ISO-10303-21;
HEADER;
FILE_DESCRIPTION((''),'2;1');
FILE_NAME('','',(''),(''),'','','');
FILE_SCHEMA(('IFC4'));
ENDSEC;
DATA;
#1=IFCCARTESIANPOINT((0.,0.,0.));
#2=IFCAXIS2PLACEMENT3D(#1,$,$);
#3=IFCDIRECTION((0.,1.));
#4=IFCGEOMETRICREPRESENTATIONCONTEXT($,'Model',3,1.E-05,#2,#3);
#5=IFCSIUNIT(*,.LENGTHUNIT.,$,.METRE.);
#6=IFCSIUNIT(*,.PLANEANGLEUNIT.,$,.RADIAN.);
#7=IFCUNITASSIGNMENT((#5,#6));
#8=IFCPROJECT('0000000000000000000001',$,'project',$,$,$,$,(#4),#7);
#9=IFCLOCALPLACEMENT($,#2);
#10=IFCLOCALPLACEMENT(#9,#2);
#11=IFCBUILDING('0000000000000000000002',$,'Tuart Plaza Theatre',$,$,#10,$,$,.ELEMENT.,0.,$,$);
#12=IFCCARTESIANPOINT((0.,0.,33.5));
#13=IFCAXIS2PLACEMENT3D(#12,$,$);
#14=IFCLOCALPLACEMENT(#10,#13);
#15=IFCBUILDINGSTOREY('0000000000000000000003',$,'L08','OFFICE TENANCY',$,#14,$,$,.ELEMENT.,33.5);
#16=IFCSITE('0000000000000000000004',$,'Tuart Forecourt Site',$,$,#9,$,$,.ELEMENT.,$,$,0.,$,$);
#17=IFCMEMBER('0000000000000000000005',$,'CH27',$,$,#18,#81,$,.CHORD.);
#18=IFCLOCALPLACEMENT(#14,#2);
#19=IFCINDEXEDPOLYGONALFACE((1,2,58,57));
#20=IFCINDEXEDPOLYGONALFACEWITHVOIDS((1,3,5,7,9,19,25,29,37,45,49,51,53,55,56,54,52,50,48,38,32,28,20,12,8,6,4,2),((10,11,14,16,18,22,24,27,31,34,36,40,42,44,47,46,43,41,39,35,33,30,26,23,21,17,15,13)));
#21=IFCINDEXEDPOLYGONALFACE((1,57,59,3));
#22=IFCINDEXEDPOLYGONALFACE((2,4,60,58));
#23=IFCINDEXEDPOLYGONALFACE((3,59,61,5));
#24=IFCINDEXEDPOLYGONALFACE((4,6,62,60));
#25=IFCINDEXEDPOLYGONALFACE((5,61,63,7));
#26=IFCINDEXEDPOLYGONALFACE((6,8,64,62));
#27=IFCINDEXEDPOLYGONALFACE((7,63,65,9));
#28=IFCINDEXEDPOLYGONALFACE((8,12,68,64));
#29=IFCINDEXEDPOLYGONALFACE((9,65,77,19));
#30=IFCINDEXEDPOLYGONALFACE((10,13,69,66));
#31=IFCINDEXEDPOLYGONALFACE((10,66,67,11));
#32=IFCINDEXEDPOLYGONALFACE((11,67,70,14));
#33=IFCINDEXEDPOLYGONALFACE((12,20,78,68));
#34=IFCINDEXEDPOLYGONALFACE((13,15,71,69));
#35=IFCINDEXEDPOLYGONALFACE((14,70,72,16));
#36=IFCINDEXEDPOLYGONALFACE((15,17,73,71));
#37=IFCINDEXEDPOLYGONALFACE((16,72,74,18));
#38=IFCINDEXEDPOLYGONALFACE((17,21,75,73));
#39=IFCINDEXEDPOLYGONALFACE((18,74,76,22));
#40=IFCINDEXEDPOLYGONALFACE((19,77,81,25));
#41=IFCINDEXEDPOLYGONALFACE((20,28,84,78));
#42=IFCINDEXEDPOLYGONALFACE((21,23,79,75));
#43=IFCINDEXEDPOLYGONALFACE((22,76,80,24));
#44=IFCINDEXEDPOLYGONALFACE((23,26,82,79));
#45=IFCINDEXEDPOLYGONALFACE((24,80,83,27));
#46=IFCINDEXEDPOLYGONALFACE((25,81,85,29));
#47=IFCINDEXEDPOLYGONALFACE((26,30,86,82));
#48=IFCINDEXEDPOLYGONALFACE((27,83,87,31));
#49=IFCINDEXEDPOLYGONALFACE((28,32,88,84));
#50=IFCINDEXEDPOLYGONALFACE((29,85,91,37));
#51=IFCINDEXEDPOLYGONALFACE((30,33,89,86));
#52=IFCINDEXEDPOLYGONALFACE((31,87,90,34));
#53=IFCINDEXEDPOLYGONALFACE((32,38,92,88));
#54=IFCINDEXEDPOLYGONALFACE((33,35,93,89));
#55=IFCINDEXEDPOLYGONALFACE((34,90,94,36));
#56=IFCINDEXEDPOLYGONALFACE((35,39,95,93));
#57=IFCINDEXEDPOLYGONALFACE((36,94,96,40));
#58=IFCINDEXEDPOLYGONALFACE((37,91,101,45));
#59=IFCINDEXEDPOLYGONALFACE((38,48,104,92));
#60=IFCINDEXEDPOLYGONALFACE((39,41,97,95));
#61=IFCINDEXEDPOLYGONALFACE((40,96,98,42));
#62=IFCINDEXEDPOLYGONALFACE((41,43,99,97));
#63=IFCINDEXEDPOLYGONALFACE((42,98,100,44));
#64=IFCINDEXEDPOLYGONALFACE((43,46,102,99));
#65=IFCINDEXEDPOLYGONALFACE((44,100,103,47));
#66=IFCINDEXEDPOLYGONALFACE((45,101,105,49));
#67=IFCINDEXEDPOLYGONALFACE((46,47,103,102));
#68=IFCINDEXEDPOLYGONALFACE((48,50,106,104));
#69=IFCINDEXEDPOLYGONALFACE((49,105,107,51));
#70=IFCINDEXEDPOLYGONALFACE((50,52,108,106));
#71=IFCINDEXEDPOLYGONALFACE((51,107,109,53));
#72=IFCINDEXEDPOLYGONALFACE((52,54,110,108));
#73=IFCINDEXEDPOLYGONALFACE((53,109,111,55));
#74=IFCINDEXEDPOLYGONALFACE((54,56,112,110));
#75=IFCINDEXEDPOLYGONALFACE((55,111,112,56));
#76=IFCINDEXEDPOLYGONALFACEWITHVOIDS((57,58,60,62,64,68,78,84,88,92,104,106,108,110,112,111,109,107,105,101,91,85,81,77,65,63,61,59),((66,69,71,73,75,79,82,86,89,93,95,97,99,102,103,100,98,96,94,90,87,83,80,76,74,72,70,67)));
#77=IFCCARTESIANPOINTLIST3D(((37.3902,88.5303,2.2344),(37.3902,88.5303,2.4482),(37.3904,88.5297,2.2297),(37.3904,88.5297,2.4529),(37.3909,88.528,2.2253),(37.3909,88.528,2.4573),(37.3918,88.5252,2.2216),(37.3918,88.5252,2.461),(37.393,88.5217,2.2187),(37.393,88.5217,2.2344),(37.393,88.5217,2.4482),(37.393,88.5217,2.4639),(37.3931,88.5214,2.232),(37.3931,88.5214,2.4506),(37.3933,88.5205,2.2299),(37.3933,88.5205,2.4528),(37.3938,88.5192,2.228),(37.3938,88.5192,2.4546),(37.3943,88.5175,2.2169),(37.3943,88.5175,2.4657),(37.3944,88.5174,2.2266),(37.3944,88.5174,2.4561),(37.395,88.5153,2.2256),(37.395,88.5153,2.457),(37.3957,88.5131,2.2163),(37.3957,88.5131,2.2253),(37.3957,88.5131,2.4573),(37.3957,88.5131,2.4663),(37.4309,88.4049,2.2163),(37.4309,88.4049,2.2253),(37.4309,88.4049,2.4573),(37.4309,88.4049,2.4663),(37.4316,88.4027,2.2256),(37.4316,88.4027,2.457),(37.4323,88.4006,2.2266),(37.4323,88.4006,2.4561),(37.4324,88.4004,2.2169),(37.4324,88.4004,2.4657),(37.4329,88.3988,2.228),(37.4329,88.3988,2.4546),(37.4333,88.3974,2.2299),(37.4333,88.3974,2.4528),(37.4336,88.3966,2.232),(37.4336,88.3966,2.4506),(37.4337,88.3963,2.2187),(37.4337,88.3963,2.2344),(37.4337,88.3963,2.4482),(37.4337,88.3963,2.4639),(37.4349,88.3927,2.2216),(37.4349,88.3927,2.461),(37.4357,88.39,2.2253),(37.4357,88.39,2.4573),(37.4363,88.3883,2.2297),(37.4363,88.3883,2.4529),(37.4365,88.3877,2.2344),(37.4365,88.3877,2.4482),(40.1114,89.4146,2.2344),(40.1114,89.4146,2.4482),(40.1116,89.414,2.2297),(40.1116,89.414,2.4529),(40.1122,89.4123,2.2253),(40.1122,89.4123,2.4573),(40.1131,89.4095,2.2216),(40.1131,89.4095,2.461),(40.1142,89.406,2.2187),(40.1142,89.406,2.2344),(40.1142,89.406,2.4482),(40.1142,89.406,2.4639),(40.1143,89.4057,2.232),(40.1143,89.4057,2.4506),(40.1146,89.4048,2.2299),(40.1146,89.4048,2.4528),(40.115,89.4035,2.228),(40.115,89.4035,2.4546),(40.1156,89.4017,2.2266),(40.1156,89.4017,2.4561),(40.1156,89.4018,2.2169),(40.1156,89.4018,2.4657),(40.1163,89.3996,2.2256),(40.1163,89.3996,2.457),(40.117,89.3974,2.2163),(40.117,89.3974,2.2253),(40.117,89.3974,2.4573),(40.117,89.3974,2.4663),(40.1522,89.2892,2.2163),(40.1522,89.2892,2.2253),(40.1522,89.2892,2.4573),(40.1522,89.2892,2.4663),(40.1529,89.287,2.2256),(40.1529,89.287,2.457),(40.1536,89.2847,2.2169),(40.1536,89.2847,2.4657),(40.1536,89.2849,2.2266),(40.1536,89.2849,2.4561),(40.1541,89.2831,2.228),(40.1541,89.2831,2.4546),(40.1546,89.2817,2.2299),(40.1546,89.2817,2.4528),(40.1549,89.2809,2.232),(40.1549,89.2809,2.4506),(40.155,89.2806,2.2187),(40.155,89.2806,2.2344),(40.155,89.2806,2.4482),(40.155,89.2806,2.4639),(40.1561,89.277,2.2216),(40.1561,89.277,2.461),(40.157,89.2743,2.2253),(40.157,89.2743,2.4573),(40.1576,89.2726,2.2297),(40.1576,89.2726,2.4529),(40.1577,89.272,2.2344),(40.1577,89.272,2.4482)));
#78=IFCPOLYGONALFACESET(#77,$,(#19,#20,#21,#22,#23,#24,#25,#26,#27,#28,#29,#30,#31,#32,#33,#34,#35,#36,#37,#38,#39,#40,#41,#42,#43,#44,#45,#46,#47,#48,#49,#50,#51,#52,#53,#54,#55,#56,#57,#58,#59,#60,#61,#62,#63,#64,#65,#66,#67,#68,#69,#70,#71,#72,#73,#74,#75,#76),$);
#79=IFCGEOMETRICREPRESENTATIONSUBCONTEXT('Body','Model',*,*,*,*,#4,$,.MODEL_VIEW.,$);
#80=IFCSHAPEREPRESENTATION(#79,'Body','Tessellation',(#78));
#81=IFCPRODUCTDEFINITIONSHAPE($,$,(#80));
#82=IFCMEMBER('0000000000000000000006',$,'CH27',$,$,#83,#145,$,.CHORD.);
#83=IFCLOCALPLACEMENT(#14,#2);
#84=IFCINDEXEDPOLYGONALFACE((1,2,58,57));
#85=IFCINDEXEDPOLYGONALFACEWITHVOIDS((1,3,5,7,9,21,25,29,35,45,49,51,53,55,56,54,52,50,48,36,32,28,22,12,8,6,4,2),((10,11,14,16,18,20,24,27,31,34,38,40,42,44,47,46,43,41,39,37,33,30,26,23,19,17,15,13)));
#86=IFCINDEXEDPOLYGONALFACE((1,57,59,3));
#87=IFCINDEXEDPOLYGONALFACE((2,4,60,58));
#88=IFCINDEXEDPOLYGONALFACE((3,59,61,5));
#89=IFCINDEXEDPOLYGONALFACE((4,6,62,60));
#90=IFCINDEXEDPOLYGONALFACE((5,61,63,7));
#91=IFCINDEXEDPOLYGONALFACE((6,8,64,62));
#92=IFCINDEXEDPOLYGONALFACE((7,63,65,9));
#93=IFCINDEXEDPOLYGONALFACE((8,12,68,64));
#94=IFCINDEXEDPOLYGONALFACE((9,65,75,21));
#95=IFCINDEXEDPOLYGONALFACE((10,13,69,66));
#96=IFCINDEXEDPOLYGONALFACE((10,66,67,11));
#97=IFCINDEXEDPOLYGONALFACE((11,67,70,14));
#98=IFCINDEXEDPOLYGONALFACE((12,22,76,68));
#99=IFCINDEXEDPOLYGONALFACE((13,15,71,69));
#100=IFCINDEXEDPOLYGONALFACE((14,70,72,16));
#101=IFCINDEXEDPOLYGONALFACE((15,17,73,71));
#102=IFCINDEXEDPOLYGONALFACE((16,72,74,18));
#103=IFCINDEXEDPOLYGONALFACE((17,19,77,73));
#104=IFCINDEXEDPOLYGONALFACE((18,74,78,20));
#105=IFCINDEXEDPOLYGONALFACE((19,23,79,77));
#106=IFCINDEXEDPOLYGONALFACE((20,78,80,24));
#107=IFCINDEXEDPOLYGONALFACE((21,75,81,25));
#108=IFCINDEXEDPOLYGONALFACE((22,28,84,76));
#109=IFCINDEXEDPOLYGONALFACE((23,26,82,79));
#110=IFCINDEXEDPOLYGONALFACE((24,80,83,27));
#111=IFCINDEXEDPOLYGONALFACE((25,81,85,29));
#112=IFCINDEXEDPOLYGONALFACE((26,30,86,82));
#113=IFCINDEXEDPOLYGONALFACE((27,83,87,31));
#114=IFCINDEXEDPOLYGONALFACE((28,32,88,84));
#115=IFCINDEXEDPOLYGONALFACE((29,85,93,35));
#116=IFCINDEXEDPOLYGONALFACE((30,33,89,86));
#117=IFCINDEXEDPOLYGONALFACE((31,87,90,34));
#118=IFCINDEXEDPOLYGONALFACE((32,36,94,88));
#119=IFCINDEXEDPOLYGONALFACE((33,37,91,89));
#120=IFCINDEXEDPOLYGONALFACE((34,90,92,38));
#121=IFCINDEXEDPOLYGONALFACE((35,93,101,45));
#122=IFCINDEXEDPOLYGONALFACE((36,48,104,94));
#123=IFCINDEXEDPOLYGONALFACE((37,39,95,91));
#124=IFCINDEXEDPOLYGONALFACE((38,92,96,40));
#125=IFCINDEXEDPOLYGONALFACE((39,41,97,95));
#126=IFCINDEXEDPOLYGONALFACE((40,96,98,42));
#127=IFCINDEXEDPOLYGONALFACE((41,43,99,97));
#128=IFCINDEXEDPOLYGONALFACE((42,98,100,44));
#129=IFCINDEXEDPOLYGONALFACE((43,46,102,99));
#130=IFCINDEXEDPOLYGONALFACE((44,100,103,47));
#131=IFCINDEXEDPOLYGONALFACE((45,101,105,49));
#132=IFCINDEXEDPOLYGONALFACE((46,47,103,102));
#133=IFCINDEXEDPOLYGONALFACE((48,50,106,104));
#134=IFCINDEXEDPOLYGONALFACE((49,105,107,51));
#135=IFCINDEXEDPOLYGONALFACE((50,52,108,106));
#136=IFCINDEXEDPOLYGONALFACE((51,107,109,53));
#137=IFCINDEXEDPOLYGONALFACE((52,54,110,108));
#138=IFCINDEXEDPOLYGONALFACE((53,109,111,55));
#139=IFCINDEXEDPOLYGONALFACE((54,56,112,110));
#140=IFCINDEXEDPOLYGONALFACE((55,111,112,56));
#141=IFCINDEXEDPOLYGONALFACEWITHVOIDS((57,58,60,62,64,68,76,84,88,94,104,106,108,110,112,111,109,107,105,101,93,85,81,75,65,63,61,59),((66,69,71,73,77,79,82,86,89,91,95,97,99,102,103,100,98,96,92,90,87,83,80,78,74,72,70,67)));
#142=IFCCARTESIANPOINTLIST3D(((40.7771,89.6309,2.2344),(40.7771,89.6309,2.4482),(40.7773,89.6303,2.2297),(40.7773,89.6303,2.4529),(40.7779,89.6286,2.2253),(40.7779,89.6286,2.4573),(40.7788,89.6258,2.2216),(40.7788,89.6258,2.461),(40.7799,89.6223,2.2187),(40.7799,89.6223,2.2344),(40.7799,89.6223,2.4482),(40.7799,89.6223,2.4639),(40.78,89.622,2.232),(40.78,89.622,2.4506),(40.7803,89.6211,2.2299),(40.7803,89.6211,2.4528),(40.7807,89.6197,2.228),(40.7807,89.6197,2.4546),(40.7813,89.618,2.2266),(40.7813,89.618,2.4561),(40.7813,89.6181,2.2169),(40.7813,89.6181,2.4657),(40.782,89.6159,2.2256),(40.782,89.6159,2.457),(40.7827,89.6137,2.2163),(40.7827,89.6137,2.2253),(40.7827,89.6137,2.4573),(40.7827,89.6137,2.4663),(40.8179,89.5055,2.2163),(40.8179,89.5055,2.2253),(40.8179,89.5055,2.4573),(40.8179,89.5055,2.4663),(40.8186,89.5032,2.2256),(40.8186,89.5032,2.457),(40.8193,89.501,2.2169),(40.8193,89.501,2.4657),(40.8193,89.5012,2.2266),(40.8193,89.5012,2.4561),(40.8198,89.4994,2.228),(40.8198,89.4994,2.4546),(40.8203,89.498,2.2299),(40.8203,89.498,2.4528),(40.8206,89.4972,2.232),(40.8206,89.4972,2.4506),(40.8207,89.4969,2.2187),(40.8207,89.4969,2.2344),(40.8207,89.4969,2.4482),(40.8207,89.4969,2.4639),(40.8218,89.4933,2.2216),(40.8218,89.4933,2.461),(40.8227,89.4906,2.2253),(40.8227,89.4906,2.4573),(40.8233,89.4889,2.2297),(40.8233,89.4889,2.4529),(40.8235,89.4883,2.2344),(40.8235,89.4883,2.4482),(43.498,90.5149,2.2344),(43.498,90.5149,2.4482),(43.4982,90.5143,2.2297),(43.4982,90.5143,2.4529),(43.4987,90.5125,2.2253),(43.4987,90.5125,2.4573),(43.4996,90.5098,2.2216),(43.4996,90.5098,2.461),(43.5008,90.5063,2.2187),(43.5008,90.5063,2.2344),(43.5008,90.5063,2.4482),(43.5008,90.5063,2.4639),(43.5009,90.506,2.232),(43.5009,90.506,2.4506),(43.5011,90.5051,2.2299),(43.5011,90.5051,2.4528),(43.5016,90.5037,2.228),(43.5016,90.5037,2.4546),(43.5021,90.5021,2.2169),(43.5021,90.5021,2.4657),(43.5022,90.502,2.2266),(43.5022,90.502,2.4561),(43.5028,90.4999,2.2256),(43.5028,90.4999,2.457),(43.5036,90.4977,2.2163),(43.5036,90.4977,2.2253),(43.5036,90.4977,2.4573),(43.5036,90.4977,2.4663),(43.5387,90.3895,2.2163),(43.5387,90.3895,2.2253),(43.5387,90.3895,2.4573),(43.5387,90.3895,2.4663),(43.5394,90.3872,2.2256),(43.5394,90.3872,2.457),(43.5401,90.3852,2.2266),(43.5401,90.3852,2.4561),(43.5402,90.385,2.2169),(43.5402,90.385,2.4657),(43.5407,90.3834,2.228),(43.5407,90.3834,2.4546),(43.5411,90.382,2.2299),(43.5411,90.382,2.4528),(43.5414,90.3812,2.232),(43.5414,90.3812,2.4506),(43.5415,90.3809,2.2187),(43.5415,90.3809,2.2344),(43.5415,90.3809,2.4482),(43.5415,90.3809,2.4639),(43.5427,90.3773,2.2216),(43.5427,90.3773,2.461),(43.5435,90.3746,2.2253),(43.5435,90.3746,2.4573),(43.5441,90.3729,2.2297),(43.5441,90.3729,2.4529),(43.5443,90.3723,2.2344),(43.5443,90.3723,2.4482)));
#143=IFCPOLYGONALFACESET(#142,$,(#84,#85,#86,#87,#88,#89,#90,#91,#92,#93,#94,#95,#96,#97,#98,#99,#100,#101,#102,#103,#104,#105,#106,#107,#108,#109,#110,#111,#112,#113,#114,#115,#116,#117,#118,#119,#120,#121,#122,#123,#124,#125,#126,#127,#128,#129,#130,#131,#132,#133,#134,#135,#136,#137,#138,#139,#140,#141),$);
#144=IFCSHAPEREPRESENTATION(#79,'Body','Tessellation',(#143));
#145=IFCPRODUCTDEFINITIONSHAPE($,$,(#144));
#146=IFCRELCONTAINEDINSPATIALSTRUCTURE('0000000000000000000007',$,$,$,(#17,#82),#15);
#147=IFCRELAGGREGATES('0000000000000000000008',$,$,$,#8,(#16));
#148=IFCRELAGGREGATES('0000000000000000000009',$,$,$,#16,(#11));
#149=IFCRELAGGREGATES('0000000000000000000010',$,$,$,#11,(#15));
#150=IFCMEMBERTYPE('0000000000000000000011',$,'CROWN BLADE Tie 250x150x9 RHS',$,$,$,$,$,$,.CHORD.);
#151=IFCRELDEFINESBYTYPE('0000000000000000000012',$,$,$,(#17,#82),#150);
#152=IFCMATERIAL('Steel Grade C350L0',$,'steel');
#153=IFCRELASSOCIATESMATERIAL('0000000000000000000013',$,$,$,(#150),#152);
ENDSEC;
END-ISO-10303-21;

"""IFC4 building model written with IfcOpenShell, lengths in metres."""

from ifc_helpers import new_model, si_unit, direction, frame, origin, origin_2d, place, context, subcontext, project, spatial, hollow_rectangle, extrude, material, material_profile, profile_set, type_object, element, save


model = new_model("IFC4")

# Units and contexts
model_context = context("Model", 3, precision=1e-05, world=origin(), true_north=direction((0.0, 1.0)))
body_context = subcontext(model_context, "Body", "Model", "MODEL_VIEW")
ifc_project = project(units=[si_unit("LENGTHUNIT", "METRE"), si_unit("PLANEANGLEUNIT", "RADIAN")], contexts=[model_context])

# Site, building, storey
site_placement = place(None, origin())
site = spatial("IfcSite", under=ifc_project, at=site_placement, Name="Tuart Forecourt Site", CompositionType="ELEMENT", RefElevation=0.0)
building_placement = place(site_placement, origin())
building = spatial("IfcBuilding", under=site, at=building_placement, Name="Tuart Plaza Theatre", CompositionType="ELEMENT", ElevationOfRefHeight=0.0)
storey_placement = place(building_placement, frame((0.0, 0.0, 33.5)))
storey = spatial("IfcBuildingStorey", under=building, at=storey_placement, Name="L08", Description="OFFICE TENANCY", CompositionType="ELEMENT", Elevation=33.5)

# Members
ifc_material_1 = material(Name="Steel Grade C350L0", Category="steel")
ifc_material_profile_1 = material_profile(ifc_material_1, hollow_rectangle(XDim=0.1499, YDim=0.25, WallThickness=0.009, InnerFilletRadius=0.009, OuterFilletRadius=0.0181, at=origin_2d()), Name="250x150x9 RHS")
ifc_profile_set_1 = profile_set([ifc_material_profile_1], Name="Steel Grade C350L0")
member_type_1 = type_object("IfcMemberType", Name="CROWN BLADE Tie 250x150x9 RHS", PredefinedType="CHORD", material=ifc_profile_set_1)
member_1_placement = place(storey_placement, frame((37.4133, 88.459, 2.3413), z_axis=(0.951045, 0.309051, 0.0), x_axis=(-0.309051, 0.951045, 0.0)))
element("IfcMember", 1, at=member_1_placement, inside=storey, type_object=member_type_1, Name="CH27", PredefinedType="CHORD", context=body_context, shape_type="SweptSolid", body=[
    extrude(hollow_rectangle(XDim=0.1499, YDim=0.25, WallThickness=0.009, InnerFilletRadius=0.009, OuterFilletRadius=0.0181, at=origin_2d()), origin(), (0.0, 0.0, 1.0), 2.8613),
])
member_2_placement = place(storey_placement, frame((40.8003, 89.5596, 2.3413), z_axis=(0.951062, 0.308999, 0.0), x_axis=(-0.308999, 0.951062, 0.0)))
element("IfcMember", 2, at=member_2_placement, inside=storey, type_object=member_type_1, Name="CH27", PredefinedType="CHORD", context=body_context, shape_type="SweptSolid", body=[
    extrude(hollow_rectangle(XDim=0.1499, YDim=0.25, WallThickness=0.009, InnerFilletRadius=0.009, OuterFilletRadius=0.0181, at=origin_2d()), origin(), (0.0, 0.0, 1.0), 2.8608),
])

save(model, "model.ifc")
